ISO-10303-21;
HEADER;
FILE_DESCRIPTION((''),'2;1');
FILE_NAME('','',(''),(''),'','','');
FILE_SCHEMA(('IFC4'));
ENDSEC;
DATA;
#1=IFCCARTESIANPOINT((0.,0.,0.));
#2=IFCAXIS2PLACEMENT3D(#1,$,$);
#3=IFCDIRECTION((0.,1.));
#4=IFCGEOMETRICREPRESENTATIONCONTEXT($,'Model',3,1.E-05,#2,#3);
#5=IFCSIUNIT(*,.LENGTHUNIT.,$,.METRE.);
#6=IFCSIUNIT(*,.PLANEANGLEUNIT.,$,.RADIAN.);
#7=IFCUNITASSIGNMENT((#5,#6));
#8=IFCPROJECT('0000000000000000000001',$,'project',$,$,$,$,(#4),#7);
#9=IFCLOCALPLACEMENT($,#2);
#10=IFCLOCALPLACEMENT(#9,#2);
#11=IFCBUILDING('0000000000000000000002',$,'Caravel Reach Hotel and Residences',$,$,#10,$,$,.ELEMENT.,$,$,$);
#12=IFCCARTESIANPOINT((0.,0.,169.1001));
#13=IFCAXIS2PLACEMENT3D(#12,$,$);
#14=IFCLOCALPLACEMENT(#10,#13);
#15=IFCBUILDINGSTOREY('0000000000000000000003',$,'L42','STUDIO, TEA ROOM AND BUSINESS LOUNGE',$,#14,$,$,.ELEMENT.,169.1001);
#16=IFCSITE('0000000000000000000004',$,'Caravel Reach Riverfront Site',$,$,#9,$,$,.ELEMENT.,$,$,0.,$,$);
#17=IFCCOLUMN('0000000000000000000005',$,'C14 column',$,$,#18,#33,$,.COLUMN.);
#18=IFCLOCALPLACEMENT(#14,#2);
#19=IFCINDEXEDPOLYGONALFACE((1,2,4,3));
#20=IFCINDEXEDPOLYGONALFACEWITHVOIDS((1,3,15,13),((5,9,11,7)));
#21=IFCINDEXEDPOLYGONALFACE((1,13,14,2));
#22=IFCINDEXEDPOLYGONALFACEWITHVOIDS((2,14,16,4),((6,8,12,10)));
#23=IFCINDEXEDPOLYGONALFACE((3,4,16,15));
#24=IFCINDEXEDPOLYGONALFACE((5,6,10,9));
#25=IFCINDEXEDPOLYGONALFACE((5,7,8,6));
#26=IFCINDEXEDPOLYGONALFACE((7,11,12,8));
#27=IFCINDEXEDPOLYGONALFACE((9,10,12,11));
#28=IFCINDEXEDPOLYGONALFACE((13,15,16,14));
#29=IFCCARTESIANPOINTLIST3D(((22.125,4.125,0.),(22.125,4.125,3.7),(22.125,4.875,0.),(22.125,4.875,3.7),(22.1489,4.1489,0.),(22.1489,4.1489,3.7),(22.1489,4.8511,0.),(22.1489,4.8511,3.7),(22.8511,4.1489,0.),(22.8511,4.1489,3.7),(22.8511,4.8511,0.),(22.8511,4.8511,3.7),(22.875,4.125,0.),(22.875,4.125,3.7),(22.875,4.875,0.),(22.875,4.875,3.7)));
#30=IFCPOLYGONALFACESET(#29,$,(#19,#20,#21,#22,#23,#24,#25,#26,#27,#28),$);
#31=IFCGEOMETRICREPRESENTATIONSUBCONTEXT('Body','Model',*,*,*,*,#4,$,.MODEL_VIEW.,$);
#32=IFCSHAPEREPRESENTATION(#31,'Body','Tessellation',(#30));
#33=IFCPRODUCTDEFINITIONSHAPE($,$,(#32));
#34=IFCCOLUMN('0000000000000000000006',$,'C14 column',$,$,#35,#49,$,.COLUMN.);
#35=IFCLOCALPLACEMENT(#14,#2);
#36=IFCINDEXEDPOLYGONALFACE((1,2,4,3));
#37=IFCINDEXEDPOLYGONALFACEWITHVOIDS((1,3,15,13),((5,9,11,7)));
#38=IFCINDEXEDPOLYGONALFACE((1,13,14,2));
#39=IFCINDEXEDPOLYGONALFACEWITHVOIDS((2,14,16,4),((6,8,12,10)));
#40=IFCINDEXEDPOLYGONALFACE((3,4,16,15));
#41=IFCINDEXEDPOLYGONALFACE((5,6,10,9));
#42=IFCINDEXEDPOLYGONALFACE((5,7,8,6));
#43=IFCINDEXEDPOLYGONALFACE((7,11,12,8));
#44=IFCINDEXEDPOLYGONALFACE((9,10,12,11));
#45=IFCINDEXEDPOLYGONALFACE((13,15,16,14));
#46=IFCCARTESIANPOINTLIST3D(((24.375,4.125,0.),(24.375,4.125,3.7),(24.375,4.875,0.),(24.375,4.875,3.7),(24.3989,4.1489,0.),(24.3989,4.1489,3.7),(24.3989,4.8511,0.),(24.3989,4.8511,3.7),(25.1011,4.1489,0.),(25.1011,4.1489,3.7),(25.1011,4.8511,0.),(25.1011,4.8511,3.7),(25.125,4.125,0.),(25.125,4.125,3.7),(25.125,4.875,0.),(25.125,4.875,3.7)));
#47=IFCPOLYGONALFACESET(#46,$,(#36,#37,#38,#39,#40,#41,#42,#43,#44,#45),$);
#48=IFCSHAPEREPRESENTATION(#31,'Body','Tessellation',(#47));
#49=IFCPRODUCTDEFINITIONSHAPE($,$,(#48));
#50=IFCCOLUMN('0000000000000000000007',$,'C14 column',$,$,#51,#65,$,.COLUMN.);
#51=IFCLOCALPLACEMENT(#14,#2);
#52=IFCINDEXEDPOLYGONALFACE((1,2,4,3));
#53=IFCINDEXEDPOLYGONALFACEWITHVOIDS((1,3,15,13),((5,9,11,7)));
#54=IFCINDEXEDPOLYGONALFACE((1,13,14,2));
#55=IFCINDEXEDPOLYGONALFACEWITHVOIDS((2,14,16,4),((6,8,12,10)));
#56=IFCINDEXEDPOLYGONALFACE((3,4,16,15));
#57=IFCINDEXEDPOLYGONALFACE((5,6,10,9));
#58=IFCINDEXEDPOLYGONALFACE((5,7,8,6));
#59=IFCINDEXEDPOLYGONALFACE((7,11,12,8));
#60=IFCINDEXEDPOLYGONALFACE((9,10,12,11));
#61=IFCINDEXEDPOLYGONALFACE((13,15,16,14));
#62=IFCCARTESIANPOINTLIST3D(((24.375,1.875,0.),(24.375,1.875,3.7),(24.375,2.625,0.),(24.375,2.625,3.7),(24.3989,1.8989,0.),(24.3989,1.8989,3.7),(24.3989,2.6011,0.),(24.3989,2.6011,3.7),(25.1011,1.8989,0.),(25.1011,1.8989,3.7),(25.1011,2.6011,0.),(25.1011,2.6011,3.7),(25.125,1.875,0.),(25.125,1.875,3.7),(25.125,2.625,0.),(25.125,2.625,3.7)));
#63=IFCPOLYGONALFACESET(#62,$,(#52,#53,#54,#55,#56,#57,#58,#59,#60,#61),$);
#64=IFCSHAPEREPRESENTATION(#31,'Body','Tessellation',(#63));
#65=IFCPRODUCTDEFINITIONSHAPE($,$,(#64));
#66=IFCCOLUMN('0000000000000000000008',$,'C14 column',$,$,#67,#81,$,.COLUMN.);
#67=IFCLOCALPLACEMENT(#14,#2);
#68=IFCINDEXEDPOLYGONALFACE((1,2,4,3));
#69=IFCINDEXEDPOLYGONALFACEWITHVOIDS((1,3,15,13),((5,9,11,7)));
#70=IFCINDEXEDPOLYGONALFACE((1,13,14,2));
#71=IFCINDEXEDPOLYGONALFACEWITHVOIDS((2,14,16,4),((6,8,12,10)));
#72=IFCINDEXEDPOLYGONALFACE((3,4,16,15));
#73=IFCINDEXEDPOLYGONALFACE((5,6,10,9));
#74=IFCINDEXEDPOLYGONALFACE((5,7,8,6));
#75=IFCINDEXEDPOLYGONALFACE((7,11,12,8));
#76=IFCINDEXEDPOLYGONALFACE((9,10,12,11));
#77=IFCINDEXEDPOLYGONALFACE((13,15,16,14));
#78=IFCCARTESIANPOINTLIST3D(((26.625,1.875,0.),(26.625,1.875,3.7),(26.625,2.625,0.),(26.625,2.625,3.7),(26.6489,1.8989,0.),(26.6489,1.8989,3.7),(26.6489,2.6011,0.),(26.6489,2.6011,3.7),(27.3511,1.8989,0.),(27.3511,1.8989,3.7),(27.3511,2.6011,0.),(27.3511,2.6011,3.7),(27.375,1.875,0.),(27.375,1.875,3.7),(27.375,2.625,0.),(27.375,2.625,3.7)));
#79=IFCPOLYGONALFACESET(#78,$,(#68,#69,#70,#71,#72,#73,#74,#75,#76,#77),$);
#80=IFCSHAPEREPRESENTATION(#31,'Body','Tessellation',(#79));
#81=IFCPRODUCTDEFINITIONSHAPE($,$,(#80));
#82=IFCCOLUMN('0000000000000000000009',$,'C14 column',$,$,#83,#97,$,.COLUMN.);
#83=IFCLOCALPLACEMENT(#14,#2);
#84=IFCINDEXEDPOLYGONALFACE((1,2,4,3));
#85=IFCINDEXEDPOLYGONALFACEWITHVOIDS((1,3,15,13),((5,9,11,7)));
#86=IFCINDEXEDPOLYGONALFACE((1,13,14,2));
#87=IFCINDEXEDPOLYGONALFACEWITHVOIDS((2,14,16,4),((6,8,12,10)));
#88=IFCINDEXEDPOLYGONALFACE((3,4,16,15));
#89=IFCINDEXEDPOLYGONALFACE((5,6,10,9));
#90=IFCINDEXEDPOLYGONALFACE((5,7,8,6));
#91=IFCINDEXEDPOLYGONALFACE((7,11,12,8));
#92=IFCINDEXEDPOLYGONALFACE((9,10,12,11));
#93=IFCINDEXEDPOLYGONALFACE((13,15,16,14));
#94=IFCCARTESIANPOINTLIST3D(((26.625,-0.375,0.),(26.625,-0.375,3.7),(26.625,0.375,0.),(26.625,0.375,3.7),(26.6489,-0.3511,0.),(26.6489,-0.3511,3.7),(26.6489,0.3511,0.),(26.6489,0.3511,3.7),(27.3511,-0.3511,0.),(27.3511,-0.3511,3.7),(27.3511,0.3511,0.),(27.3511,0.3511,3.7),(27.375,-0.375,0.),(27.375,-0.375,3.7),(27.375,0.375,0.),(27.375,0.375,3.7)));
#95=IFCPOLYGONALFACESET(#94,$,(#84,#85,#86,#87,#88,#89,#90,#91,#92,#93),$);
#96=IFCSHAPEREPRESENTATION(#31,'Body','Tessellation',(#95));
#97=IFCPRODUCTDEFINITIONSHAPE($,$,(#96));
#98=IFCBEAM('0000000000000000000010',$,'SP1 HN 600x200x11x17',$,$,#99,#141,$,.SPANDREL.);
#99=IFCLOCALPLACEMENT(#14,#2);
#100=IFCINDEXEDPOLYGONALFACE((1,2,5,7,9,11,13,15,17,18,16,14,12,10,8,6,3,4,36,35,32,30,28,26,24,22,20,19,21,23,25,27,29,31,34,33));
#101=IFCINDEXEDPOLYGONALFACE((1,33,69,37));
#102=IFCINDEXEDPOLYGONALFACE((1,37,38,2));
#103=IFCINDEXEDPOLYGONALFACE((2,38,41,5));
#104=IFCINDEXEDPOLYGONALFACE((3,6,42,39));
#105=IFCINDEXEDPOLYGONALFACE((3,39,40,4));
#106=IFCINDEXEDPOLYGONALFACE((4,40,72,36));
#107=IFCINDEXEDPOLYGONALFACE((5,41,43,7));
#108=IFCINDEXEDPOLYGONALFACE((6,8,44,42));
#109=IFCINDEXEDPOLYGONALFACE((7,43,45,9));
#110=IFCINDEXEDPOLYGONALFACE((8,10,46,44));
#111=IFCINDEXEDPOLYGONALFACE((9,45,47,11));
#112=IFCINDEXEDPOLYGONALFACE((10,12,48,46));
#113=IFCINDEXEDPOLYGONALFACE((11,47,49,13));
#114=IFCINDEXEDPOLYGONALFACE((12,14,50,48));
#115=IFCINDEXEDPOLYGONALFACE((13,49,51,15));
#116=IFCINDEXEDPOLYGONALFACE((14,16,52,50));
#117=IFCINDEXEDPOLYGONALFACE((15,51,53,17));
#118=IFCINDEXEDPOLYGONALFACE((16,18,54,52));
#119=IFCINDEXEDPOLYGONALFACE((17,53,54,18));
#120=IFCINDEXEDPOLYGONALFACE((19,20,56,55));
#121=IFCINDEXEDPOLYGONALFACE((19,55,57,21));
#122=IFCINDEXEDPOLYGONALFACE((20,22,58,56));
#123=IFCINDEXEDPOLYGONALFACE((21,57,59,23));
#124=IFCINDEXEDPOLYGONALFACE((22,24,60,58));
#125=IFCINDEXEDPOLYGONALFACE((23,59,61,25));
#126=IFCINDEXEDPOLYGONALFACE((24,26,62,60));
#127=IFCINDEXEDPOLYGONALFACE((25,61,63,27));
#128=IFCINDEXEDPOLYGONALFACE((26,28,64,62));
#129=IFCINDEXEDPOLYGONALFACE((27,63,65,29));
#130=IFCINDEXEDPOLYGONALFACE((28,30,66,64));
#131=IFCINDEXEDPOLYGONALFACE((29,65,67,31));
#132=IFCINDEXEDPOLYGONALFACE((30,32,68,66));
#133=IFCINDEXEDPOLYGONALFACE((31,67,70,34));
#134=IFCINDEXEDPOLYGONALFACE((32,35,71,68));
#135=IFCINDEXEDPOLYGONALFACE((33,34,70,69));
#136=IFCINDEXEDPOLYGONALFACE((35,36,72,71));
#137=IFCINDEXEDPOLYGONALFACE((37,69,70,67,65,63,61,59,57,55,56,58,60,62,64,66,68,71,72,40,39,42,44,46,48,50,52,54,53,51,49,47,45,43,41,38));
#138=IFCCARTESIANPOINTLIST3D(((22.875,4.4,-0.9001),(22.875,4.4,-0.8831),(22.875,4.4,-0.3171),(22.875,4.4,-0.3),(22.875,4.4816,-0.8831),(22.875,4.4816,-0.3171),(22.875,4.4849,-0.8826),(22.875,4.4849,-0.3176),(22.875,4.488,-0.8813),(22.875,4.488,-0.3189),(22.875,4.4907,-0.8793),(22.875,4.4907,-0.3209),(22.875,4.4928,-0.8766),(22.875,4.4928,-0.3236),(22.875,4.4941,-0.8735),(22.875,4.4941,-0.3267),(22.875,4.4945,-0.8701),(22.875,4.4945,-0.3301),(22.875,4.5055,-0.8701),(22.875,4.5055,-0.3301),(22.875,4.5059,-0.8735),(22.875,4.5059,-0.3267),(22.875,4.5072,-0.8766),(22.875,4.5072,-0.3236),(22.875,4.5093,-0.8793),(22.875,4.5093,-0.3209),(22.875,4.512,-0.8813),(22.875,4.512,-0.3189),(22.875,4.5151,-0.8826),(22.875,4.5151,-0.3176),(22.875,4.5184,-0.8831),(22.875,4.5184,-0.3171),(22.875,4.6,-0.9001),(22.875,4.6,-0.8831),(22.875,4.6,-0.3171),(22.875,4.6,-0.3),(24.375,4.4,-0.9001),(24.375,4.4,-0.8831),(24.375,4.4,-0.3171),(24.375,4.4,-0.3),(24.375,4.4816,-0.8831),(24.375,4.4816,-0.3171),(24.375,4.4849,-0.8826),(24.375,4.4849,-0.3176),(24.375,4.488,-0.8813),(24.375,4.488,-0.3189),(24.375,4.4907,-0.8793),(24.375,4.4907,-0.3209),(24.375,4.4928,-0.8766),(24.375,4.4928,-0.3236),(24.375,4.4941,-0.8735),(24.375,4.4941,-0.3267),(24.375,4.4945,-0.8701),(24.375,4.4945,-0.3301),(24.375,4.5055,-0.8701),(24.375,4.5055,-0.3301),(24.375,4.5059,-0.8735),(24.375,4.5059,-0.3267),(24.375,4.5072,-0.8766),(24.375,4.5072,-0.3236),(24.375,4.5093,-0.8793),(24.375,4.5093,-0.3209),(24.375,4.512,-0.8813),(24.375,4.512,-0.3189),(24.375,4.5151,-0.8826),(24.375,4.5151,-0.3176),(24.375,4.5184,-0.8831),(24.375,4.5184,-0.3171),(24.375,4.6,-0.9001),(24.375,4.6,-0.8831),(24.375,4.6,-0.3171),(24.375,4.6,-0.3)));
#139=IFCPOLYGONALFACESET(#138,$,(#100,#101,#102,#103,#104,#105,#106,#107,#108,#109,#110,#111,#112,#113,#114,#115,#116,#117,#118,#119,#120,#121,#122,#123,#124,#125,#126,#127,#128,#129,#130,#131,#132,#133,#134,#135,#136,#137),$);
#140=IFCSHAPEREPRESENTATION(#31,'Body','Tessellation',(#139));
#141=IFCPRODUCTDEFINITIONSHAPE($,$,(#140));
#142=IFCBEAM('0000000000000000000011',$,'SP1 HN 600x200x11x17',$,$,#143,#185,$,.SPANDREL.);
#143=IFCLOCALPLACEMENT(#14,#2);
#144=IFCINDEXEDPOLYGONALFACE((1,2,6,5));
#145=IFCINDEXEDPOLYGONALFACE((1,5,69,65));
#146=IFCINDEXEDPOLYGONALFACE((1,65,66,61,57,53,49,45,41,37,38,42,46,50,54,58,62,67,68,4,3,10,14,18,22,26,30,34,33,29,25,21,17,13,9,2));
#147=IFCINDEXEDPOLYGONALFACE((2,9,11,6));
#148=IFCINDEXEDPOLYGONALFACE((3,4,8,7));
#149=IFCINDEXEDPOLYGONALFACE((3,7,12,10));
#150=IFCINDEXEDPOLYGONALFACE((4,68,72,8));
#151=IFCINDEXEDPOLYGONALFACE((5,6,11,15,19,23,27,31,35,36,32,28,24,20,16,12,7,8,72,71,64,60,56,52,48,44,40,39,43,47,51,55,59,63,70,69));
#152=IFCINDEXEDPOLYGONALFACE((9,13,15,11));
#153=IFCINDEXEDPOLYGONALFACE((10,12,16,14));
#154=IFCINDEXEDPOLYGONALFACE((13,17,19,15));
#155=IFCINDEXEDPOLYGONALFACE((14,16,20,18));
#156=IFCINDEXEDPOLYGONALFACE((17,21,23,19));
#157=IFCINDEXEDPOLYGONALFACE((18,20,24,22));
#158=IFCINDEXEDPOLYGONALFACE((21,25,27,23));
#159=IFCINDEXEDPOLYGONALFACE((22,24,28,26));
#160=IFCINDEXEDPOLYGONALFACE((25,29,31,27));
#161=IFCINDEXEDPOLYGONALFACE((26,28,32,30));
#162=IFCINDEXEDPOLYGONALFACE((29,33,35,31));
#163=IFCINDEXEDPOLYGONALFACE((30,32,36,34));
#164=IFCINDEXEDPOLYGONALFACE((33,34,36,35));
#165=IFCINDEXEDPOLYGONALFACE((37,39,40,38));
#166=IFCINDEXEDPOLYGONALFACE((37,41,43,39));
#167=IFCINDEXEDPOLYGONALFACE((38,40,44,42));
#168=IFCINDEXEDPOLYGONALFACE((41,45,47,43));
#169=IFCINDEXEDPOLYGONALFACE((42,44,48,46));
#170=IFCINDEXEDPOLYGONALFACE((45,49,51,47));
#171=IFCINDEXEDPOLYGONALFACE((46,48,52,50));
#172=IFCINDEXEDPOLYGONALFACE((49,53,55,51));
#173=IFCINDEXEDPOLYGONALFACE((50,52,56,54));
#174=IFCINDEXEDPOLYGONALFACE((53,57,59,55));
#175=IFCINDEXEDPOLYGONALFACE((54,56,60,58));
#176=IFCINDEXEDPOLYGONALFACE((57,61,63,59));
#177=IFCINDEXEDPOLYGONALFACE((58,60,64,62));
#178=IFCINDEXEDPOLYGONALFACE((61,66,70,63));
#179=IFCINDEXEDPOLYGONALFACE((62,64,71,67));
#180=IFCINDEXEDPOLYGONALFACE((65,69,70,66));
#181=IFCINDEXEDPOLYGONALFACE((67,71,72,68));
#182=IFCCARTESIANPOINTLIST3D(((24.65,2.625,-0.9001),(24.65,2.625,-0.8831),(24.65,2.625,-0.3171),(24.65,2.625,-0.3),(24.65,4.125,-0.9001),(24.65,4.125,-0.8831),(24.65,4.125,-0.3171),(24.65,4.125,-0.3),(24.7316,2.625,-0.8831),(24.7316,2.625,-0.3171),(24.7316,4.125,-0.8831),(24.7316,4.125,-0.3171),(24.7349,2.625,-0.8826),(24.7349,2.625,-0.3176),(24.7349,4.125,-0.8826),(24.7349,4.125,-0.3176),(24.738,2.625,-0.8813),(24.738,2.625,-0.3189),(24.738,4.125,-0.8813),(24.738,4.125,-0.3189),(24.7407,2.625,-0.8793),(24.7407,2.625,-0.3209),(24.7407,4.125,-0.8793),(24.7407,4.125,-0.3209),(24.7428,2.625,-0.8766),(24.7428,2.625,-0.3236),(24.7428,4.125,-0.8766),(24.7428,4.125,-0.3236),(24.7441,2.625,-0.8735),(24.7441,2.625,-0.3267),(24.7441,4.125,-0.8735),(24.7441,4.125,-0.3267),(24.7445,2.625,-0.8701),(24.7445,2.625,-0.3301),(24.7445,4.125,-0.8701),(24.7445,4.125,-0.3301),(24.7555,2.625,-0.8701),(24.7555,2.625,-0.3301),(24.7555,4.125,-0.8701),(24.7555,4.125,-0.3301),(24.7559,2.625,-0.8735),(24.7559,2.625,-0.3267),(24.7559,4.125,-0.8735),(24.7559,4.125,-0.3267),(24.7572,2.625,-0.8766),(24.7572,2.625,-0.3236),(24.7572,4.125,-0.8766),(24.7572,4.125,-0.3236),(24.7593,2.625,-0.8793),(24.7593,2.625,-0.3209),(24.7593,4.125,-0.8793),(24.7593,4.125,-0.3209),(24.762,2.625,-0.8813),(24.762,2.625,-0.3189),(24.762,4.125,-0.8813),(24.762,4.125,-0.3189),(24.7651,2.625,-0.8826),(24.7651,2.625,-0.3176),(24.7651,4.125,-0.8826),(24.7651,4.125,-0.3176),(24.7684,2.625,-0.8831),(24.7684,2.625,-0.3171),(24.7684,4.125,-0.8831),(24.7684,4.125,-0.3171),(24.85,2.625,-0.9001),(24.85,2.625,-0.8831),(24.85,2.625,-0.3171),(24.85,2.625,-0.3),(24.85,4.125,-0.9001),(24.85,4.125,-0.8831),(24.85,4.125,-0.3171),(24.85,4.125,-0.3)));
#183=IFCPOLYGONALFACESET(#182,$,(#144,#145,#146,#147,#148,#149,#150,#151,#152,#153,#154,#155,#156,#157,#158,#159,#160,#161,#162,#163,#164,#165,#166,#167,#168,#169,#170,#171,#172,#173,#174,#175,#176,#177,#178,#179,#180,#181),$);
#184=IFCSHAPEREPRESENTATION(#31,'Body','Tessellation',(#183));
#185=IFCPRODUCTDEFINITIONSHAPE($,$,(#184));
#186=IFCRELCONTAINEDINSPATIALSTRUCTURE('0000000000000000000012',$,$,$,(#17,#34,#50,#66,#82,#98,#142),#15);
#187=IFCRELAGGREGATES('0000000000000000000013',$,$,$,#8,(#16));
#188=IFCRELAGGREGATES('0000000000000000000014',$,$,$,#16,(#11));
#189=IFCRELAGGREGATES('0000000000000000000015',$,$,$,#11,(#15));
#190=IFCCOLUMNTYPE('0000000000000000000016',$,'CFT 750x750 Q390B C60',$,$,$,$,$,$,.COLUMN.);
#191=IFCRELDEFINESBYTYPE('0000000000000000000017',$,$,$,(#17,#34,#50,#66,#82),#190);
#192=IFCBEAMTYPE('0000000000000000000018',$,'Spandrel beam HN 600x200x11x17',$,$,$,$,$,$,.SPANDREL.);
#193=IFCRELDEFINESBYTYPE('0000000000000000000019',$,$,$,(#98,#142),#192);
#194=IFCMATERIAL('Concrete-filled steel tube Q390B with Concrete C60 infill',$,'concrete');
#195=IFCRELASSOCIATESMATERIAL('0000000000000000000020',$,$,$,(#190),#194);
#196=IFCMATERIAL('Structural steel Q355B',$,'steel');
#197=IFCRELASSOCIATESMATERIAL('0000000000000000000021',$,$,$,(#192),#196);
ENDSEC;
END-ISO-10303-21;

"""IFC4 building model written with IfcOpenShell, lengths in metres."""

from ifc_helpers import new_model, si_unit, direction, frame, origin, origin_2d, place, context, subcontext, project, spatial, hollow_rectangle, i_section, extrude, material, material_profile, profile_set, type_object, element, save


model = new_model("IFC4")

# Units and contexts
model_context = context("Model", 3, precision=1e-05, world=origin(), true_north=direction((0.0, 1.0)))
body_context = subcontext(model_context, "Body", "Model", "MODEL_VIEW")
ifc_project = project(units=[si_unit("LENGTHUNIT", "METRE"), si_unit("PLANEANGLEUNIT", "RADIAN")], contexts=[model_context])

# Site, building, storey
site_placement = place(None, origin())
site = spatial("IfcSite", under=ifc_project, at=site_placement, Name="Caravel Reach Riverfront Site", CompositionType="ELEMENT", RefElevation=0.0)
building_placement = place(site_placement, origin())
building = spatial("IfcBuilding", under=site, at=building_placement, Name="Caravel Reach Hotel and Residences", CompositionType="ELEMENT")
storey_placement = place(building_placement, frame((0.0, 0.0, 169.1001)))
storey = spatial("IfcBuildingStorey", under=building, at=storey_placement, Name="L42", Description="STUDIO, TEA ROOM AND BUSINESS LOUNGE", CompositionType="ELEMENT", Elevation=169.1001)

# Columns
ifc_material_1 = material(Name="Concrete-filled steel tube Q390B with Concrete C60 infill", Category="concrete")
ifc_material_profile_1 = material_profile(ifc_material_1, hollow_rectangle(XDim=0.75, YDim=0.75, WallThickness=0.0239, at=origin_2d()), Name="RHS 750x750x24")
ifc_profile_set_1 = profile_set([ifc_material_profile_1], Name="Concrete-filled steel tube Q390B with Concrete C60 infill")
column_type = type_object("IfcColumnType", Name="CFT 750x750 Q390B C60", PredefinedType="COLUMN", material=ifc_profile_set_1)
for number, where, z_axis, x_axis, name in (
    (1, (22.5, 4.5, 0.0), (0.0, 0.0, 1.0), (1.0, 0.0, 0.0), "C14 column"),
    (2, (24.75, 4.5, 0.0), (0.0, 0.0, 1.0), (1.0, 0.0, 0.0), "C14 column"),
    (3, (24.75, 2.25, 0.0), (0.0, 0.0, 1.0), (1.0, 0.0, 0.0), "C14 column"),
    (4, (27.0, 2.25, 0.0), (0.0, 0.0, 1.0), (1.0, 0.0, 0.0), "C14 column"),
    (5, (27.0, 0.0, 0.0), (0.0, 0.0, 1.0), (1.0, 0.0, 0.0), "C14 column"),
):
    element("IfcColumn", number, at=place(storey_placement, frame(where, z_axis=z_axis, x_axis=x_axis)), inside=storey, type_object=column_type, Name=name, PredefinedType="COLUMN", context=body_context, shape_type="SweptSolid", body=[
        extrude(hollow_rectangle(XDim=0.75, YDim=0.75, WallThickness=0.0239, at=origin_2d()), origin(), (0.0, 0.0, 1.0), 3.7),
    ])

# Beams
ifc_material_2 = material(Name="Structural steel Q355B", Category="steel")
ifc_material_profile_2 = material_profile(ifc_material_2, i_section(OverallWidth=0.2, OverallDepth=0.6001, WebThickness=0.011, FlangeThickness=0.0171, FilletRadius=0.0129, at=origin_2d()), Name="HN 600x200x11x17")
ifc_profile_set_2 = profile_set([ifc_material_profile_2], Name="Structural steel Q355B")
beam_type = type_object("IfcBeamType", Name="Spandrel beam HN 600x200x11x17", PredefinedType="SPANDREL", material=ifc_profile_set_2)
for number, where, z_axis, x_axis, name in (
    (6, (22.875, 4.5, -0.6001), (1.0, 0.0, 0.0), (0.0, 1.0, 0.0), "SP1 HN 600x200x11x17"),
    (7, (24.75, 4.125, -0.6001), (0.0, -1.0, 0.0), (1.0, 0.0, 0.0), "SP1 HN 600x200x11x17"),
):
    element("IfcBeam", number, at=place(storey_placement, frame(where, z_axis=z_axis, x_axis=x_axis)), inside=storey, type_object=beam_type, Name=name, PredefinedType="SPANDREL", context=body_context, shape_type="SweptSolid", body=[
        extrude(i_section(OverallWidth=0.2, OverallDepth=0.6001, WebThickness=0.011, FlangeThickness=0.0171, FilletRadius=0.0129, at=origin_2d()), origin(), (0.0, 0.0, 1.0), 1.5),
    ])

save(model, "model.ifc")
